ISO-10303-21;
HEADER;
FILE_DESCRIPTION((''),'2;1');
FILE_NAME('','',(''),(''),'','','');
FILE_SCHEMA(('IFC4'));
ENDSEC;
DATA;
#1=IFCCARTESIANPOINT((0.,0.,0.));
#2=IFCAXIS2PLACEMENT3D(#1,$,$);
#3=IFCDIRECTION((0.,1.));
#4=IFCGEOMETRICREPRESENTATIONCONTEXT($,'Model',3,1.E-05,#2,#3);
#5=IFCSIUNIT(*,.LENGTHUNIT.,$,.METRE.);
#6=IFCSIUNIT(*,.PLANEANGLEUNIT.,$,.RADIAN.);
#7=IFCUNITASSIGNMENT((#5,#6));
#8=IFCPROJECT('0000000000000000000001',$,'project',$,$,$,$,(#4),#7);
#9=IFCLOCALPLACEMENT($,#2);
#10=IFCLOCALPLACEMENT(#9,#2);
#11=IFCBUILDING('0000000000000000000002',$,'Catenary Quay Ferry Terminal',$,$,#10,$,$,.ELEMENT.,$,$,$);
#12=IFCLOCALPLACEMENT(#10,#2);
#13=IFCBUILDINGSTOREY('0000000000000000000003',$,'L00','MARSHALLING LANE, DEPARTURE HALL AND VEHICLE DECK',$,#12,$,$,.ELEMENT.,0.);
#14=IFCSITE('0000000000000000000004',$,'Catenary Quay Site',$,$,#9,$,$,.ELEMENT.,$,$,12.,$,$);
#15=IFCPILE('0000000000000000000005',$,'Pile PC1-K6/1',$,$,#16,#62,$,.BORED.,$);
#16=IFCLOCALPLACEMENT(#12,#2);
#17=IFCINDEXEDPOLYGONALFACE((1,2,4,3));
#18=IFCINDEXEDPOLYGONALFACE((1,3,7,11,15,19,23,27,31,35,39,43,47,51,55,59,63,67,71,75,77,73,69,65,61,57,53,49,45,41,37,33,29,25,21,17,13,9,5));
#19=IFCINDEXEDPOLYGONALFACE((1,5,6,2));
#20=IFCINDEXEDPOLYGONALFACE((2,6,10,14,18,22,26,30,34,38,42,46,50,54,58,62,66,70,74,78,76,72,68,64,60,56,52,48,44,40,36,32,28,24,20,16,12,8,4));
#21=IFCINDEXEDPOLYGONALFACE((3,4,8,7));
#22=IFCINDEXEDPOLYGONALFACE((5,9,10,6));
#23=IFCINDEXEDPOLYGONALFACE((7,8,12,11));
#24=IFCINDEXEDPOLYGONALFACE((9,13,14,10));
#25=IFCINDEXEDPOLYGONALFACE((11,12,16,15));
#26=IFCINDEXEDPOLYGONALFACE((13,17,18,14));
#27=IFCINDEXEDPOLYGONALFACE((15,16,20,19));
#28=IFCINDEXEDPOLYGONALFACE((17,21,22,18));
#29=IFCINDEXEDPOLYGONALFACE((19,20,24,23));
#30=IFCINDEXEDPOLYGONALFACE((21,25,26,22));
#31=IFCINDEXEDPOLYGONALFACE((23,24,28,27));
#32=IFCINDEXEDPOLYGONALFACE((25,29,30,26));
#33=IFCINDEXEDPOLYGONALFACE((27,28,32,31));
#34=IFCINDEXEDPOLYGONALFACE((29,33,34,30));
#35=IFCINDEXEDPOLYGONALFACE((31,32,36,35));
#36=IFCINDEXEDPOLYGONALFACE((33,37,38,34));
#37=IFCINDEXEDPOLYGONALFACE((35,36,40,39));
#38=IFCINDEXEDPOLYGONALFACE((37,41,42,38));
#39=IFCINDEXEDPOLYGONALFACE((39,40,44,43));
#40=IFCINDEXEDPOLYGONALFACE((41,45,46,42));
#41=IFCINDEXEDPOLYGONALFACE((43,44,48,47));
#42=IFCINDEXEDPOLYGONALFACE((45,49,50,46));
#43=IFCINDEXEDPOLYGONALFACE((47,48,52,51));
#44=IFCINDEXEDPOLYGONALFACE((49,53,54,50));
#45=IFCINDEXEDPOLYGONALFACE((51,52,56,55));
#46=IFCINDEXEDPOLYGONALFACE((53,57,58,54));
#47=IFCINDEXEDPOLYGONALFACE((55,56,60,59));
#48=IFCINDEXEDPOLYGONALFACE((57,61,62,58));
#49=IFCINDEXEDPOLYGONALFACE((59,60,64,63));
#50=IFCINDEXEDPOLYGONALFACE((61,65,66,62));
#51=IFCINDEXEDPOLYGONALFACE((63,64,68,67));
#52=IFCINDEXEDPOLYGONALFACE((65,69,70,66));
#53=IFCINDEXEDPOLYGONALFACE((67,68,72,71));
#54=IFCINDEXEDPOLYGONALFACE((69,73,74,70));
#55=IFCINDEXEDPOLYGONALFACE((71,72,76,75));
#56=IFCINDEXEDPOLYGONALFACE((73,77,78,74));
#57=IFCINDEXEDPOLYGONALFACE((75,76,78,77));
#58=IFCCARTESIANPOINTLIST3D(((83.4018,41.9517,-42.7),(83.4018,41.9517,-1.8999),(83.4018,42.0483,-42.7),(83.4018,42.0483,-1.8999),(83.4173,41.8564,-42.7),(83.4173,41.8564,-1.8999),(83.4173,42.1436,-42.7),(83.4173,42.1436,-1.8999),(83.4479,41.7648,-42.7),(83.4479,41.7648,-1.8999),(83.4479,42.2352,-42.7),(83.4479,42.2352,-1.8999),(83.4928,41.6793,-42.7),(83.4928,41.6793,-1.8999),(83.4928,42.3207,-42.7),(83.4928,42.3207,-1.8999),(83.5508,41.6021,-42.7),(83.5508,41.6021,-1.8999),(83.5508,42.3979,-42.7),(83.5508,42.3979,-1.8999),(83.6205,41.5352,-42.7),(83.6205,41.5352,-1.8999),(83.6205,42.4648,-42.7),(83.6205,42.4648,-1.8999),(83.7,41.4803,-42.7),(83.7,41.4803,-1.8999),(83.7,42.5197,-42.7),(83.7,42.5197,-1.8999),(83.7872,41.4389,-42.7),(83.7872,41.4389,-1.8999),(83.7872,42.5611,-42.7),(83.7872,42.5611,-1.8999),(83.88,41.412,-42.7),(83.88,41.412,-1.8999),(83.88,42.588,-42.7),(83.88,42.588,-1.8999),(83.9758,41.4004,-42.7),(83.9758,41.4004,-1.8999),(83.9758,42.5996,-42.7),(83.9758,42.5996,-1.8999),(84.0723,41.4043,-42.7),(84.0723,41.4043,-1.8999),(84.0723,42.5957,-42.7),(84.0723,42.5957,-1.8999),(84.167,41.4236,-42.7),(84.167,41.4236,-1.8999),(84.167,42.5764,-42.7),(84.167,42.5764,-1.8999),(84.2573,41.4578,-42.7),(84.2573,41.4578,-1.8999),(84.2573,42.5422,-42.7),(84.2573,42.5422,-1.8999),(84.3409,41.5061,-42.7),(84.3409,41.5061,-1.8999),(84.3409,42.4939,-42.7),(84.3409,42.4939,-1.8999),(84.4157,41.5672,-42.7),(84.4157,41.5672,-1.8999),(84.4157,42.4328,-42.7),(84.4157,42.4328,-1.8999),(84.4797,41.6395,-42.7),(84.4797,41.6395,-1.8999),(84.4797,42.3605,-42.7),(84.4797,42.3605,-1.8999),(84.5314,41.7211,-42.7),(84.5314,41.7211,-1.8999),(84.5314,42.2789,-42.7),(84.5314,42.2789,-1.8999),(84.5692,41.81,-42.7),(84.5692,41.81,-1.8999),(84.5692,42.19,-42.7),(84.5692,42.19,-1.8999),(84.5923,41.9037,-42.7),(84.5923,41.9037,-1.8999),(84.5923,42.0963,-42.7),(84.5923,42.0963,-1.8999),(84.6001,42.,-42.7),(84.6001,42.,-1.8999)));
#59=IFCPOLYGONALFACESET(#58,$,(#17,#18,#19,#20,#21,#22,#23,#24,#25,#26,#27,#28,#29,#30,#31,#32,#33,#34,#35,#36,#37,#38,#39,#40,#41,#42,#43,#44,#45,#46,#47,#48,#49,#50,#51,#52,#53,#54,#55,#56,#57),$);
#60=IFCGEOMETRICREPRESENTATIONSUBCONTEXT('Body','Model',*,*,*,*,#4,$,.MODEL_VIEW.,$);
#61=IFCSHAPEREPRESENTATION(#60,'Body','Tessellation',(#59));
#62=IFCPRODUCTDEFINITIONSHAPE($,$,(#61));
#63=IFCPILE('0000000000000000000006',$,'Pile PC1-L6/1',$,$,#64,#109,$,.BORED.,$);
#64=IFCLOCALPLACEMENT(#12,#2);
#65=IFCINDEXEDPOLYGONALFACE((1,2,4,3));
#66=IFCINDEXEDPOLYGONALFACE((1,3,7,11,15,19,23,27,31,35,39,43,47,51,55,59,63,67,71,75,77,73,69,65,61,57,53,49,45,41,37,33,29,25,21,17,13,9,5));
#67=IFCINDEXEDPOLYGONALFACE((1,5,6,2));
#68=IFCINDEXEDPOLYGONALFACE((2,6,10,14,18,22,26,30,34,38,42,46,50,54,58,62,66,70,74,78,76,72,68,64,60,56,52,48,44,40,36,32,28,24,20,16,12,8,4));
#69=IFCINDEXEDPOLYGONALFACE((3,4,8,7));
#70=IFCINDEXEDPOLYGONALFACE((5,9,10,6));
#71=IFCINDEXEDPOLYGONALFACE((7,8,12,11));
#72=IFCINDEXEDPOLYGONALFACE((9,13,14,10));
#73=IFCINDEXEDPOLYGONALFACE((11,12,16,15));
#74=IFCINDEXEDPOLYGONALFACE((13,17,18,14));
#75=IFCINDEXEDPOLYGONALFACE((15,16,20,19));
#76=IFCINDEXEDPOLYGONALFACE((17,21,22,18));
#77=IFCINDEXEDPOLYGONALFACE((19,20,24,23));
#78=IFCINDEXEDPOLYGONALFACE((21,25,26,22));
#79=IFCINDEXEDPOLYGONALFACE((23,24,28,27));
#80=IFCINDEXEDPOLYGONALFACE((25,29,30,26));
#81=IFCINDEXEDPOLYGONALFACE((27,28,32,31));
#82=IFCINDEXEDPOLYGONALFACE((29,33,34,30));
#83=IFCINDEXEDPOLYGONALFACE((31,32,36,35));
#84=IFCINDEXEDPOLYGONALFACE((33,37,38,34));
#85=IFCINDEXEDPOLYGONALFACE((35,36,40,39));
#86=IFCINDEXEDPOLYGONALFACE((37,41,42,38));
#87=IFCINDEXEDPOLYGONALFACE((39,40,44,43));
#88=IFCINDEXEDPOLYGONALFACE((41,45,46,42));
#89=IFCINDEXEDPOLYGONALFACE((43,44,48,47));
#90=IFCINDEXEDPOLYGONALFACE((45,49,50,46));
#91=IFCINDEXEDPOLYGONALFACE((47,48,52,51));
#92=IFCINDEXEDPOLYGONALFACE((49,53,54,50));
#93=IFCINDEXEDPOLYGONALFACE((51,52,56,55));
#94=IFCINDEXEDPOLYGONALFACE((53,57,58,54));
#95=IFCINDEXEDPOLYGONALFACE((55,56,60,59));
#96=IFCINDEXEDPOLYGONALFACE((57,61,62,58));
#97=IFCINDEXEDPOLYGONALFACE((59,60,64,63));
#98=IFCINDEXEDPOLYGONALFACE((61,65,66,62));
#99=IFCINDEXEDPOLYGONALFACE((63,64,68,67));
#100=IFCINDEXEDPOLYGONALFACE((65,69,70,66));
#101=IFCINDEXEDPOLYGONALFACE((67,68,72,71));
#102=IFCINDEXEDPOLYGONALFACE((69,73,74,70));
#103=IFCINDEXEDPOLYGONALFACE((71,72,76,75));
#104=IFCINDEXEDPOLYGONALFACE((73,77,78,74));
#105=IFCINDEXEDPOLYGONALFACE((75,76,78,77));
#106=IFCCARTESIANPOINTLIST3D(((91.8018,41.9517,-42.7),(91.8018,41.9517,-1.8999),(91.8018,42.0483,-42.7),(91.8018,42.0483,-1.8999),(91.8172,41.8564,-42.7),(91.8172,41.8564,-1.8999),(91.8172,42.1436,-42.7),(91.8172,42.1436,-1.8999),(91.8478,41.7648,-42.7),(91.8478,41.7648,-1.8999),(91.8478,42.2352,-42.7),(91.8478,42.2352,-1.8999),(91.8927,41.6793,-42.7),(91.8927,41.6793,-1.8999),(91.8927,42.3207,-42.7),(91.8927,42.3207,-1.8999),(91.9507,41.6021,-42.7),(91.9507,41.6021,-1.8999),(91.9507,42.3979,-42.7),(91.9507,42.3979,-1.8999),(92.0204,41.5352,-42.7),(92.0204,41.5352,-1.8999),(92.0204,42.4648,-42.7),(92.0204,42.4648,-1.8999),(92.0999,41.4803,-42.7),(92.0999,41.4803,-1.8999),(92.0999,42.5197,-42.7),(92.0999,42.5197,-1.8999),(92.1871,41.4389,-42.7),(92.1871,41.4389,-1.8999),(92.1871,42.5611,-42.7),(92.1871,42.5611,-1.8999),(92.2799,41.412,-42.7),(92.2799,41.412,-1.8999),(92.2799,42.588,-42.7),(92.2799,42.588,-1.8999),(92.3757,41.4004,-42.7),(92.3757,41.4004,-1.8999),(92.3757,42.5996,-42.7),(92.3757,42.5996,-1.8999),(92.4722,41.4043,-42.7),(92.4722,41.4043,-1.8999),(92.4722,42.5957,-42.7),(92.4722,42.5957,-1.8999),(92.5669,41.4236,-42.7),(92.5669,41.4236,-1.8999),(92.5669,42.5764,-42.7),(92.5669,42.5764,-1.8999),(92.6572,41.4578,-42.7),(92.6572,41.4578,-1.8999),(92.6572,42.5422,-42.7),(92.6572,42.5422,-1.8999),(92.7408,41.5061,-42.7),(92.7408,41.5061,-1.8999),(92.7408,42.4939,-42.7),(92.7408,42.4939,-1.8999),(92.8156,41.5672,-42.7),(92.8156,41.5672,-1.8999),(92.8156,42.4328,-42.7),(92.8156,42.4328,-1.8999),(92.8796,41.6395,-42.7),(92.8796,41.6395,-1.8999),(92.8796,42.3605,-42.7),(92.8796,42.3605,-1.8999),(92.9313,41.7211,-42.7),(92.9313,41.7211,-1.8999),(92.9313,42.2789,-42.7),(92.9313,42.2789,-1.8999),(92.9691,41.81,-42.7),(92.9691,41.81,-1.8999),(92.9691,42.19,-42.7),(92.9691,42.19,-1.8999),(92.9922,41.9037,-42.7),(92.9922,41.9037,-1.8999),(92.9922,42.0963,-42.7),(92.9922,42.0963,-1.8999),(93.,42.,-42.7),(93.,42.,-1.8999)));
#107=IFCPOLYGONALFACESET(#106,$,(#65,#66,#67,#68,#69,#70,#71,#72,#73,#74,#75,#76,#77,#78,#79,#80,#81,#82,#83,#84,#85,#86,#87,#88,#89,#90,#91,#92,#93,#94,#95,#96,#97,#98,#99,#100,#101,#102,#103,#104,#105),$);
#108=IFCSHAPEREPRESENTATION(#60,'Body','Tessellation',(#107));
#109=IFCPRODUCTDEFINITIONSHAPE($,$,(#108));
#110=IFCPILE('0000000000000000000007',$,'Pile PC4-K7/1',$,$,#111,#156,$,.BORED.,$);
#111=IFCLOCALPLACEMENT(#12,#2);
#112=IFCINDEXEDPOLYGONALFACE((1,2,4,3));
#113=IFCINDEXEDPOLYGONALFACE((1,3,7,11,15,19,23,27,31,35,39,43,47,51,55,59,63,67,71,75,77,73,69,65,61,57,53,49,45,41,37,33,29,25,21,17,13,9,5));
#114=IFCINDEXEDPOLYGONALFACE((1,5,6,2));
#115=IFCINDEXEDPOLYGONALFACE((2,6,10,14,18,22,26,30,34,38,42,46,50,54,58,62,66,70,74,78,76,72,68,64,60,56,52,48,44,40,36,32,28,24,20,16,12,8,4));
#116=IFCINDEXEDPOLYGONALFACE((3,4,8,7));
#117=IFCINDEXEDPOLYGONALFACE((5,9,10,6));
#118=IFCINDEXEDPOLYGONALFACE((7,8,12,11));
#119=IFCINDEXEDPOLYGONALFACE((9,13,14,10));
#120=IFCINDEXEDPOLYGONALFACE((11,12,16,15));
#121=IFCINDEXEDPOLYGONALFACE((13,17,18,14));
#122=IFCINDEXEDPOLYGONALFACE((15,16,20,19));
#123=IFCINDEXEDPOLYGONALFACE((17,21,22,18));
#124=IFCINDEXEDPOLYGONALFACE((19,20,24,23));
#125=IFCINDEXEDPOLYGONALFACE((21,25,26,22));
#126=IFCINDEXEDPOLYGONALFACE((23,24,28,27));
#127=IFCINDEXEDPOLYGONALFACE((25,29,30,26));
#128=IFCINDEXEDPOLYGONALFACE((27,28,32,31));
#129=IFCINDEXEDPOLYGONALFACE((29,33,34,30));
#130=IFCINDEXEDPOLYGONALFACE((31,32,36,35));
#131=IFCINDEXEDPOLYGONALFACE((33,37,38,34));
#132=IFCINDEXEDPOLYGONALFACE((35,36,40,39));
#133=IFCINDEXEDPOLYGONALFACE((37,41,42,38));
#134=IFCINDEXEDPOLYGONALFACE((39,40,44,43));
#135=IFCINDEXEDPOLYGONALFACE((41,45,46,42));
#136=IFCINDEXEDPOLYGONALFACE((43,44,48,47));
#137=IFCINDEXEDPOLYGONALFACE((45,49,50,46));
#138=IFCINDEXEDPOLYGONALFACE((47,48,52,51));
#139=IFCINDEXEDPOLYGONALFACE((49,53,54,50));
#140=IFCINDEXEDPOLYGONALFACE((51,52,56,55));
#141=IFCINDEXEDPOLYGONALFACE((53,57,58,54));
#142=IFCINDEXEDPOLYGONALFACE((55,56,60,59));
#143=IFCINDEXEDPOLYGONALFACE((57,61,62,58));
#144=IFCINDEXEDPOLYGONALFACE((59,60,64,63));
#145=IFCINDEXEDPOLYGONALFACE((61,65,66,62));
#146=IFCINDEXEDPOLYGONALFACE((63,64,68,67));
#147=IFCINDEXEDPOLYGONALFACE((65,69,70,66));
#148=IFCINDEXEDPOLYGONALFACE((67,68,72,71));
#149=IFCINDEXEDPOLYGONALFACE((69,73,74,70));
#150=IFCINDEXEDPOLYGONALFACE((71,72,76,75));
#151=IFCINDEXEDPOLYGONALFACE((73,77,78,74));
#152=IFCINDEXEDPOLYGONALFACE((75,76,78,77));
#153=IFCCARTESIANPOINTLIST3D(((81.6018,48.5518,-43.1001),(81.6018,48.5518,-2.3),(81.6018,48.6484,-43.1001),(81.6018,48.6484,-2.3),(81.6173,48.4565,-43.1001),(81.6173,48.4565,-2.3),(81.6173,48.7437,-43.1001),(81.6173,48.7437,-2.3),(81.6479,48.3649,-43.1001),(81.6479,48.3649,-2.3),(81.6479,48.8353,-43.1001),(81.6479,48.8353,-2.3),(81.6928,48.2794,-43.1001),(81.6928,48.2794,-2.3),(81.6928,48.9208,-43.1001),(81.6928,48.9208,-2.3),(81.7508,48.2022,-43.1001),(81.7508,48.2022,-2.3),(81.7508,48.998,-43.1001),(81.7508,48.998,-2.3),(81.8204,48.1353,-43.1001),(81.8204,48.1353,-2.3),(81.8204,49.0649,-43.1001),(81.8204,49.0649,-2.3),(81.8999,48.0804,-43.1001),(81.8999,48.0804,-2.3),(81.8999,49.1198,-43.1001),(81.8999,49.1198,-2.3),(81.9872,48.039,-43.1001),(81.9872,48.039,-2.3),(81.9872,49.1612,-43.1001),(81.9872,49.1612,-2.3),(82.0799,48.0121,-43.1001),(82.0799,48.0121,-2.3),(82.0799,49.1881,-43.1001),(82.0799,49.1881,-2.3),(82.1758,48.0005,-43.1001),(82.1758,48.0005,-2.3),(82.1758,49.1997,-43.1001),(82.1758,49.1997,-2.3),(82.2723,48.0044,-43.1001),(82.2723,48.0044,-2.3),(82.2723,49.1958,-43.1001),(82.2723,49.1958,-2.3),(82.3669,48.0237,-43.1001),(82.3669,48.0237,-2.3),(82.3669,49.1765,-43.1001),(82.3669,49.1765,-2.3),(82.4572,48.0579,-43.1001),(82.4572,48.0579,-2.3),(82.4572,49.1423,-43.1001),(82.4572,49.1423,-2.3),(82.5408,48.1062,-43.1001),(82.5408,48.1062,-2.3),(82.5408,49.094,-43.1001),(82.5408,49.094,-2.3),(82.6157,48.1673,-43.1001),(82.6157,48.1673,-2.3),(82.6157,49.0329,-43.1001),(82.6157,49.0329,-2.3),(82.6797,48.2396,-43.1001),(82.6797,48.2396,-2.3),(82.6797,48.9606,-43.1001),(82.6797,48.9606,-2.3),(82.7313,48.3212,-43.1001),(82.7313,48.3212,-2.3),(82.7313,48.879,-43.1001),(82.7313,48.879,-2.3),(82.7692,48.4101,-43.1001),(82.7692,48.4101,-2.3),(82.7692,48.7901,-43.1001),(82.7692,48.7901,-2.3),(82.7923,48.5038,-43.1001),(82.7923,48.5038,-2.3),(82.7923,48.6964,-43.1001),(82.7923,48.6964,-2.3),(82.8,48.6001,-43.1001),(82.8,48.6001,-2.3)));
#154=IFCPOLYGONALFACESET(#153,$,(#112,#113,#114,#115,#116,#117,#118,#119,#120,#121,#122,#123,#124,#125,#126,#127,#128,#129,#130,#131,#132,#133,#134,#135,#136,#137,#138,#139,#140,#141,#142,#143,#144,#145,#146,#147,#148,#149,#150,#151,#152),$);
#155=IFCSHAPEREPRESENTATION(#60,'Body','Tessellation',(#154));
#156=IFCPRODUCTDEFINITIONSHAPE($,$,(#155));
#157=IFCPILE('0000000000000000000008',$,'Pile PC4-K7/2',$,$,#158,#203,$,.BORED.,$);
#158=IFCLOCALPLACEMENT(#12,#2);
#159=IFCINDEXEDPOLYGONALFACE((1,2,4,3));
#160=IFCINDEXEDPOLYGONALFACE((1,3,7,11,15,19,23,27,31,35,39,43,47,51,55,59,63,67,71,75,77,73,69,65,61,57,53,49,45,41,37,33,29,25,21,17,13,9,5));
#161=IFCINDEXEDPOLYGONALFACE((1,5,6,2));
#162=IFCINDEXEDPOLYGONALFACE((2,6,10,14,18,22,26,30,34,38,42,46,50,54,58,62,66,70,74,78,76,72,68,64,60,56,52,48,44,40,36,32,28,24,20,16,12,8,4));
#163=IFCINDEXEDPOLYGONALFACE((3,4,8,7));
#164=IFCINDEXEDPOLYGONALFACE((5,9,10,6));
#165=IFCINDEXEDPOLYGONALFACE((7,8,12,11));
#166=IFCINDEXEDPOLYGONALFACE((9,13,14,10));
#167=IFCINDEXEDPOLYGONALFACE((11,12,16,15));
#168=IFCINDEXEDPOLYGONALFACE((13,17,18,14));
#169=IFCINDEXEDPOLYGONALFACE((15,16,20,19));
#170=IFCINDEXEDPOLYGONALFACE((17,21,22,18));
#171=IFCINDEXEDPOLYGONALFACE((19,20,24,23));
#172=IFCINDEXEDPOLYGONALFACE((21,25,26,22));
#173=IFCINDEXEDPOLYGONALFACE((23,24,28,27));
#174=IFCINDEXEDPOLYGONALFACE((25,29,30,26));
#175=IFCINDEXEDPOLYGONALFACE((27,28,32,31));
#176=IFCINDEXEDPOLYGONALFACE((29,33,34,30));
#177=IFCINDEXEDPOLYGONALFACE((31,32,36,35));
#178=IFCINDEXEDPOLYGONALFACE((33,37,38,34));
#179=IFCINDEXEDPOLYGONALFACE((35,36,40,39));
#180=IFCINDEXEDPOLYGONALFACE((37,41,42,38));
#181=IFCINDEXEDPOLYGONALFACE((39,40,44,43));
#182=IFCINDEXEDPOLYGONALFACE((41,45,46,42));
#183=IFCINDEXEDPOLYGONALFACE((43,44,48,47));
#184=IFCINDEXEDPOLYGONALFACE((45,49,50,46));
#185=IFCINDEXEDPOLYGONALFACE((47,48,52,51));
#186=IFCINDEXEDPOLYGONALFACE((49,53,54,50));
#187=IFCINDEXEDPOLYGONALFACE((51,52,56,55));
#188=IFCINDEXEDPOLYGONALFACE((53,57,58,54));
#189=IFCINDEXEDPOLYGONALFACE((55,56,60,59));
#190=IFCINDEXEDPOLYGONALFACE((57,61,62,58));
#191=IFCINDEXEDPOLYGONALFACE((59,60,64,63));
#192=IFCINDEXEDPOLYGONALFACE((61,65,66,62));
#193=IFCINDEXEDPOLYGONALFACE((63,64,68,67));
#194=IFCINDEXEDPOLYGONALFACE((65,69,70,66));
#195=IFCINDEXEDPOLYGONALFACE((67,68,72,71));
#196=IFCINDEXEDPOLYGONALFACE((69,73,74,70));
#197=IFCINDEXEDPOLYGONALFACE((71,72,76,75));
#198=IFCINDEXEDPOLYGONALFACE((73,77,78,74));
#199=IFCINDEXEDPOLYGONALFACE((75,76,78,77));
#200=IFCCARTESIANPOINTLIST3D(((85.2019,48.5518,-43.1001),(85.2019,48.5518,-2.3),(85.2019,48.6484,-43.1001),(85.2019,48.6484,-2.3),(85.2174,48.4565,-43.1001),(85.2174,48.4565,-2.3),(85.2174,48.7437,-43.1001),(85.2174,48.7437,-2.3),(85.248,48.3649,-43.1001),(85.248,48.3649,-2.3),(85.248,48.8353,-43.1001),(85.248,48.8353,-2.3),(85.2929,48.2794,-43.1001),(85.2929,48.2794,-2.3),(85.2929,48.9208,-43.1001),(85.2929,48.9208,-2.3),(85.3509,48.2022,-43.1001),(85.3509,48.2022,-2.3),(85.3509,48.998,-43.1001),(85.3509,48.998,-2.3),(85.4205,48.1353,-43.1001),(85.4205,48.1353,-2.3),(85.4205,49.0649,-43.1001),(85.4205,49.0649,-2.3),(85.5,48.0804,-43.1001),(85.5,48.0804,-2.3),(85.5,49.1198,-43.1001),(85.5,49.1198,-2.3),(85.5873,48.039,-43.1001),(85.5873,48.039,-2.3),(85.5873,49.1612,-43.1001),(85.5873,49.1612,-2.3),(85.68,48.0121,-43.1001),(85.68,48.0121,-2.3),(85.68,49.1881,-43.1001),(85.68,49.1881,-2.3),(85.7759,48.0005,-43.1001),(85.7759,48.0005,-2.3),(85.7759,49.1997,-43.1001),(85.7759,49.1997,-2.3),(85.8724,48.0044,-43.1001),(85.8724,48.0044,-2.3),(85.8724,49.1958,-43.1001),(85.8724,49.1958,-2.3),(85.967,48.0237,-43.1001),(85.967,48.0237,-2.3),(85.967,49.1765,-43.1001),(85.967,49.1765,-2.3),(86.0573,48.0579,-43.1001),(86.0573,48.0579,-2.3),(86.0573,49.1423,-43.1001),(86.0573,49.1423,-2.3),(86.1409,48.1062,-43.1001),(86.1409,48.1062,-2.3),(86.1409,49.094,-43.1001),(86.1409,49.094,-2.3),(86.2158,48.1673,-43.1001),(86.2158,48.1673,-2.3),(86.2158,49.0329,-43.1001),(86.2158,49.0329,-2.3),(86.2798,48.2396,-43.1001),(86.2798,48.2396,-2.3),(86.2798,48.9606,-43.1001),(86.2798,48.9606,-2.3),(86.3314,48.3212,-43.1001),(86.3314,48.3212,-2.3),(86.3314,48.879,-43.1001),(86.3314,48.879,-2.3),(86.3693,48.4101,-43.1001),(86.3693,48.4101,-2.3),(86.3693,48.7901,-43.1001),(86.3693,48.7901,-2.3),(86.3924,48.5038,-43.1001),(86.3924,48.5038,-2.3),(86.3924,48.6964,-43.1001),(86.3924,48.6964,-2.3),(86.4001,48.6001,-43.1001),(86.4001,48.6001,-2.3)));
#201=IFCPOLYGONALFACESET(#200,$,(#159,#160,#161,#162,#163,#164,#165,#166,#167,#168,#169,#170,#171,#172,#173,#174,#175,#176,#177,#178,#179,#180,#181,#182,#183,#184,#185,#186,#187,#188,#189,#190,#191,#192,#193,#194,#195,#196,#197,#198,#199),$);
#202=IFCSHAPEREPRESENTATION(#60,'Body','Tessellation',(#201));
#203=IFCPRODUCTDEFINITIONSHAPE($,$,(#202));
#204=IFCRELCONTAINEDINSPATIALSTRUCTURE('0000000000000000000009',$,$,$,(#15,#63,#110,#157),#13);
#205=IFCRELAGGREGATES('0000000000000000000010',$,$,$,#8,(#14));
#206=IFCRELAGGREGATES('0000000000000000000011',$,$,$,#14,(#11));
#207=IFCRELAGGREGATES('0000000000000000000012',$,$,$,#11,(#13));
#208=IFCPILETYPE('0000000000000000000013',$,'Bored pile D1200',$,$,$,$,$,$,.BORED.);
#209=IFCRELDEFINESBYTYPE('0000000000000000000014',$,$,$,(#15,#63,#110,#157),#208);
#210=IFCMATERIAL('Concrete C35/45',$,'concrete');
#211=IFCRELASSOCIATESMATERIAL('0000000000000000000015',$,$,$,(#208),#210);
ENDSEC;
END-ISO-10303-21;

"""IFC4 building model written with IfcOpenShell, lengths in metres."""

from ifc_helpers import new_model, si_unit, direction, frame, origin, origin_2d, place, context, subcontext, project, spatial, circle, extrude, material, material_profile, profile_set, type_object, element, save


model = new_model("IFC4")

# Units and contexts
model_context = context("Model", 3, precision=1e-05, world=origin(), true_north=direction((0.0, 1.0)))
body_context = subcontext(model_context, "Body", "Model", "MODEL_VIEW")
ifc_project = project(units=[si_unit("LENGTHUNIT", "METRE"), si_unit("PLANEANGLEUNIT", "RADIAN")], contexts=[model_context])

# Site, building, storey
site_placement = place(None, origin())
site = spatial("IfcSite", under=ifc_project, at=site_placement, Name="Catenary Quay Site", CompositionType="ELEMENT", RefElevation=12.0)
building_placement = place(site_placement, origin())
building = spatial("IfcBuilding", under=site, at=building_placement, Name="Catenary Quay Ferry Terminal", CompositionType="ELEMENT")
storey_placement = place(building_placement, origin())
storey = spatial("IfcBuildingStorey", under=building, at=storey_placement, Name="L00", Description="MARSHALLING LANE, DEPARTURE HALL AND VEHICLE DECK", CompositionType="ELEMENT", Elevation=0.0)

# Piles
ifc_material_1 = material(Name="Concrete C35/45", Category="concrete")
ifc_material_profile_1 = material_profile(ifc_material_1, circle(Radius=0.6001, at=origin_2d()), Name="D1200")
ifc_profile_set_1 = profile_set([ifc_material_profile_1], Name="Concrete C35/45")
pile_type = type_object("IfcPileType", Name="Bored pile D1200", PredefinedType="BORED", material=ifc_profile_set_1)
for number, where, z_axis, x_axis, name in (
    (1, (84.0, 42.0, -1.8999), (0.0, 0.0, -1.0), (1.0, 0.0, 0.0), "Pile PC1-K6/1"),
    (2, (92.3999, 42.0, -1.8999), (0.0, 0.0, -1.0), (1.0, 0.0, 0.0), "Pile PC1-L6/1"),
    (3, (82.2, 48.6001, -2.3), (0.0, 0.0, -1.0), (1.0, 0.0, 0.0), "Pile PC4-K7/1"),
    (4, (85.8, 48.6001, -2.3), (0.0, 0.0, -1.0), (1.0, 0.0, 0.0), "Pile PC4-K7/2"),
):
    element("IfcPile", number, at=place(storey_placement, frame(where, z_axis=z_axis, x_axis=x_axis)), inside=storey, type_object=pile_type, Name=name, PredefinedType="BORED", context=body_context, shape_type="SweptSolid", body=[
        extrude(circle(Radius=0.6001, at=origin_2d()), origin(), (0.0, 0.0, 1.0), 40.8),
    ])

save(model, "model.ifc")
